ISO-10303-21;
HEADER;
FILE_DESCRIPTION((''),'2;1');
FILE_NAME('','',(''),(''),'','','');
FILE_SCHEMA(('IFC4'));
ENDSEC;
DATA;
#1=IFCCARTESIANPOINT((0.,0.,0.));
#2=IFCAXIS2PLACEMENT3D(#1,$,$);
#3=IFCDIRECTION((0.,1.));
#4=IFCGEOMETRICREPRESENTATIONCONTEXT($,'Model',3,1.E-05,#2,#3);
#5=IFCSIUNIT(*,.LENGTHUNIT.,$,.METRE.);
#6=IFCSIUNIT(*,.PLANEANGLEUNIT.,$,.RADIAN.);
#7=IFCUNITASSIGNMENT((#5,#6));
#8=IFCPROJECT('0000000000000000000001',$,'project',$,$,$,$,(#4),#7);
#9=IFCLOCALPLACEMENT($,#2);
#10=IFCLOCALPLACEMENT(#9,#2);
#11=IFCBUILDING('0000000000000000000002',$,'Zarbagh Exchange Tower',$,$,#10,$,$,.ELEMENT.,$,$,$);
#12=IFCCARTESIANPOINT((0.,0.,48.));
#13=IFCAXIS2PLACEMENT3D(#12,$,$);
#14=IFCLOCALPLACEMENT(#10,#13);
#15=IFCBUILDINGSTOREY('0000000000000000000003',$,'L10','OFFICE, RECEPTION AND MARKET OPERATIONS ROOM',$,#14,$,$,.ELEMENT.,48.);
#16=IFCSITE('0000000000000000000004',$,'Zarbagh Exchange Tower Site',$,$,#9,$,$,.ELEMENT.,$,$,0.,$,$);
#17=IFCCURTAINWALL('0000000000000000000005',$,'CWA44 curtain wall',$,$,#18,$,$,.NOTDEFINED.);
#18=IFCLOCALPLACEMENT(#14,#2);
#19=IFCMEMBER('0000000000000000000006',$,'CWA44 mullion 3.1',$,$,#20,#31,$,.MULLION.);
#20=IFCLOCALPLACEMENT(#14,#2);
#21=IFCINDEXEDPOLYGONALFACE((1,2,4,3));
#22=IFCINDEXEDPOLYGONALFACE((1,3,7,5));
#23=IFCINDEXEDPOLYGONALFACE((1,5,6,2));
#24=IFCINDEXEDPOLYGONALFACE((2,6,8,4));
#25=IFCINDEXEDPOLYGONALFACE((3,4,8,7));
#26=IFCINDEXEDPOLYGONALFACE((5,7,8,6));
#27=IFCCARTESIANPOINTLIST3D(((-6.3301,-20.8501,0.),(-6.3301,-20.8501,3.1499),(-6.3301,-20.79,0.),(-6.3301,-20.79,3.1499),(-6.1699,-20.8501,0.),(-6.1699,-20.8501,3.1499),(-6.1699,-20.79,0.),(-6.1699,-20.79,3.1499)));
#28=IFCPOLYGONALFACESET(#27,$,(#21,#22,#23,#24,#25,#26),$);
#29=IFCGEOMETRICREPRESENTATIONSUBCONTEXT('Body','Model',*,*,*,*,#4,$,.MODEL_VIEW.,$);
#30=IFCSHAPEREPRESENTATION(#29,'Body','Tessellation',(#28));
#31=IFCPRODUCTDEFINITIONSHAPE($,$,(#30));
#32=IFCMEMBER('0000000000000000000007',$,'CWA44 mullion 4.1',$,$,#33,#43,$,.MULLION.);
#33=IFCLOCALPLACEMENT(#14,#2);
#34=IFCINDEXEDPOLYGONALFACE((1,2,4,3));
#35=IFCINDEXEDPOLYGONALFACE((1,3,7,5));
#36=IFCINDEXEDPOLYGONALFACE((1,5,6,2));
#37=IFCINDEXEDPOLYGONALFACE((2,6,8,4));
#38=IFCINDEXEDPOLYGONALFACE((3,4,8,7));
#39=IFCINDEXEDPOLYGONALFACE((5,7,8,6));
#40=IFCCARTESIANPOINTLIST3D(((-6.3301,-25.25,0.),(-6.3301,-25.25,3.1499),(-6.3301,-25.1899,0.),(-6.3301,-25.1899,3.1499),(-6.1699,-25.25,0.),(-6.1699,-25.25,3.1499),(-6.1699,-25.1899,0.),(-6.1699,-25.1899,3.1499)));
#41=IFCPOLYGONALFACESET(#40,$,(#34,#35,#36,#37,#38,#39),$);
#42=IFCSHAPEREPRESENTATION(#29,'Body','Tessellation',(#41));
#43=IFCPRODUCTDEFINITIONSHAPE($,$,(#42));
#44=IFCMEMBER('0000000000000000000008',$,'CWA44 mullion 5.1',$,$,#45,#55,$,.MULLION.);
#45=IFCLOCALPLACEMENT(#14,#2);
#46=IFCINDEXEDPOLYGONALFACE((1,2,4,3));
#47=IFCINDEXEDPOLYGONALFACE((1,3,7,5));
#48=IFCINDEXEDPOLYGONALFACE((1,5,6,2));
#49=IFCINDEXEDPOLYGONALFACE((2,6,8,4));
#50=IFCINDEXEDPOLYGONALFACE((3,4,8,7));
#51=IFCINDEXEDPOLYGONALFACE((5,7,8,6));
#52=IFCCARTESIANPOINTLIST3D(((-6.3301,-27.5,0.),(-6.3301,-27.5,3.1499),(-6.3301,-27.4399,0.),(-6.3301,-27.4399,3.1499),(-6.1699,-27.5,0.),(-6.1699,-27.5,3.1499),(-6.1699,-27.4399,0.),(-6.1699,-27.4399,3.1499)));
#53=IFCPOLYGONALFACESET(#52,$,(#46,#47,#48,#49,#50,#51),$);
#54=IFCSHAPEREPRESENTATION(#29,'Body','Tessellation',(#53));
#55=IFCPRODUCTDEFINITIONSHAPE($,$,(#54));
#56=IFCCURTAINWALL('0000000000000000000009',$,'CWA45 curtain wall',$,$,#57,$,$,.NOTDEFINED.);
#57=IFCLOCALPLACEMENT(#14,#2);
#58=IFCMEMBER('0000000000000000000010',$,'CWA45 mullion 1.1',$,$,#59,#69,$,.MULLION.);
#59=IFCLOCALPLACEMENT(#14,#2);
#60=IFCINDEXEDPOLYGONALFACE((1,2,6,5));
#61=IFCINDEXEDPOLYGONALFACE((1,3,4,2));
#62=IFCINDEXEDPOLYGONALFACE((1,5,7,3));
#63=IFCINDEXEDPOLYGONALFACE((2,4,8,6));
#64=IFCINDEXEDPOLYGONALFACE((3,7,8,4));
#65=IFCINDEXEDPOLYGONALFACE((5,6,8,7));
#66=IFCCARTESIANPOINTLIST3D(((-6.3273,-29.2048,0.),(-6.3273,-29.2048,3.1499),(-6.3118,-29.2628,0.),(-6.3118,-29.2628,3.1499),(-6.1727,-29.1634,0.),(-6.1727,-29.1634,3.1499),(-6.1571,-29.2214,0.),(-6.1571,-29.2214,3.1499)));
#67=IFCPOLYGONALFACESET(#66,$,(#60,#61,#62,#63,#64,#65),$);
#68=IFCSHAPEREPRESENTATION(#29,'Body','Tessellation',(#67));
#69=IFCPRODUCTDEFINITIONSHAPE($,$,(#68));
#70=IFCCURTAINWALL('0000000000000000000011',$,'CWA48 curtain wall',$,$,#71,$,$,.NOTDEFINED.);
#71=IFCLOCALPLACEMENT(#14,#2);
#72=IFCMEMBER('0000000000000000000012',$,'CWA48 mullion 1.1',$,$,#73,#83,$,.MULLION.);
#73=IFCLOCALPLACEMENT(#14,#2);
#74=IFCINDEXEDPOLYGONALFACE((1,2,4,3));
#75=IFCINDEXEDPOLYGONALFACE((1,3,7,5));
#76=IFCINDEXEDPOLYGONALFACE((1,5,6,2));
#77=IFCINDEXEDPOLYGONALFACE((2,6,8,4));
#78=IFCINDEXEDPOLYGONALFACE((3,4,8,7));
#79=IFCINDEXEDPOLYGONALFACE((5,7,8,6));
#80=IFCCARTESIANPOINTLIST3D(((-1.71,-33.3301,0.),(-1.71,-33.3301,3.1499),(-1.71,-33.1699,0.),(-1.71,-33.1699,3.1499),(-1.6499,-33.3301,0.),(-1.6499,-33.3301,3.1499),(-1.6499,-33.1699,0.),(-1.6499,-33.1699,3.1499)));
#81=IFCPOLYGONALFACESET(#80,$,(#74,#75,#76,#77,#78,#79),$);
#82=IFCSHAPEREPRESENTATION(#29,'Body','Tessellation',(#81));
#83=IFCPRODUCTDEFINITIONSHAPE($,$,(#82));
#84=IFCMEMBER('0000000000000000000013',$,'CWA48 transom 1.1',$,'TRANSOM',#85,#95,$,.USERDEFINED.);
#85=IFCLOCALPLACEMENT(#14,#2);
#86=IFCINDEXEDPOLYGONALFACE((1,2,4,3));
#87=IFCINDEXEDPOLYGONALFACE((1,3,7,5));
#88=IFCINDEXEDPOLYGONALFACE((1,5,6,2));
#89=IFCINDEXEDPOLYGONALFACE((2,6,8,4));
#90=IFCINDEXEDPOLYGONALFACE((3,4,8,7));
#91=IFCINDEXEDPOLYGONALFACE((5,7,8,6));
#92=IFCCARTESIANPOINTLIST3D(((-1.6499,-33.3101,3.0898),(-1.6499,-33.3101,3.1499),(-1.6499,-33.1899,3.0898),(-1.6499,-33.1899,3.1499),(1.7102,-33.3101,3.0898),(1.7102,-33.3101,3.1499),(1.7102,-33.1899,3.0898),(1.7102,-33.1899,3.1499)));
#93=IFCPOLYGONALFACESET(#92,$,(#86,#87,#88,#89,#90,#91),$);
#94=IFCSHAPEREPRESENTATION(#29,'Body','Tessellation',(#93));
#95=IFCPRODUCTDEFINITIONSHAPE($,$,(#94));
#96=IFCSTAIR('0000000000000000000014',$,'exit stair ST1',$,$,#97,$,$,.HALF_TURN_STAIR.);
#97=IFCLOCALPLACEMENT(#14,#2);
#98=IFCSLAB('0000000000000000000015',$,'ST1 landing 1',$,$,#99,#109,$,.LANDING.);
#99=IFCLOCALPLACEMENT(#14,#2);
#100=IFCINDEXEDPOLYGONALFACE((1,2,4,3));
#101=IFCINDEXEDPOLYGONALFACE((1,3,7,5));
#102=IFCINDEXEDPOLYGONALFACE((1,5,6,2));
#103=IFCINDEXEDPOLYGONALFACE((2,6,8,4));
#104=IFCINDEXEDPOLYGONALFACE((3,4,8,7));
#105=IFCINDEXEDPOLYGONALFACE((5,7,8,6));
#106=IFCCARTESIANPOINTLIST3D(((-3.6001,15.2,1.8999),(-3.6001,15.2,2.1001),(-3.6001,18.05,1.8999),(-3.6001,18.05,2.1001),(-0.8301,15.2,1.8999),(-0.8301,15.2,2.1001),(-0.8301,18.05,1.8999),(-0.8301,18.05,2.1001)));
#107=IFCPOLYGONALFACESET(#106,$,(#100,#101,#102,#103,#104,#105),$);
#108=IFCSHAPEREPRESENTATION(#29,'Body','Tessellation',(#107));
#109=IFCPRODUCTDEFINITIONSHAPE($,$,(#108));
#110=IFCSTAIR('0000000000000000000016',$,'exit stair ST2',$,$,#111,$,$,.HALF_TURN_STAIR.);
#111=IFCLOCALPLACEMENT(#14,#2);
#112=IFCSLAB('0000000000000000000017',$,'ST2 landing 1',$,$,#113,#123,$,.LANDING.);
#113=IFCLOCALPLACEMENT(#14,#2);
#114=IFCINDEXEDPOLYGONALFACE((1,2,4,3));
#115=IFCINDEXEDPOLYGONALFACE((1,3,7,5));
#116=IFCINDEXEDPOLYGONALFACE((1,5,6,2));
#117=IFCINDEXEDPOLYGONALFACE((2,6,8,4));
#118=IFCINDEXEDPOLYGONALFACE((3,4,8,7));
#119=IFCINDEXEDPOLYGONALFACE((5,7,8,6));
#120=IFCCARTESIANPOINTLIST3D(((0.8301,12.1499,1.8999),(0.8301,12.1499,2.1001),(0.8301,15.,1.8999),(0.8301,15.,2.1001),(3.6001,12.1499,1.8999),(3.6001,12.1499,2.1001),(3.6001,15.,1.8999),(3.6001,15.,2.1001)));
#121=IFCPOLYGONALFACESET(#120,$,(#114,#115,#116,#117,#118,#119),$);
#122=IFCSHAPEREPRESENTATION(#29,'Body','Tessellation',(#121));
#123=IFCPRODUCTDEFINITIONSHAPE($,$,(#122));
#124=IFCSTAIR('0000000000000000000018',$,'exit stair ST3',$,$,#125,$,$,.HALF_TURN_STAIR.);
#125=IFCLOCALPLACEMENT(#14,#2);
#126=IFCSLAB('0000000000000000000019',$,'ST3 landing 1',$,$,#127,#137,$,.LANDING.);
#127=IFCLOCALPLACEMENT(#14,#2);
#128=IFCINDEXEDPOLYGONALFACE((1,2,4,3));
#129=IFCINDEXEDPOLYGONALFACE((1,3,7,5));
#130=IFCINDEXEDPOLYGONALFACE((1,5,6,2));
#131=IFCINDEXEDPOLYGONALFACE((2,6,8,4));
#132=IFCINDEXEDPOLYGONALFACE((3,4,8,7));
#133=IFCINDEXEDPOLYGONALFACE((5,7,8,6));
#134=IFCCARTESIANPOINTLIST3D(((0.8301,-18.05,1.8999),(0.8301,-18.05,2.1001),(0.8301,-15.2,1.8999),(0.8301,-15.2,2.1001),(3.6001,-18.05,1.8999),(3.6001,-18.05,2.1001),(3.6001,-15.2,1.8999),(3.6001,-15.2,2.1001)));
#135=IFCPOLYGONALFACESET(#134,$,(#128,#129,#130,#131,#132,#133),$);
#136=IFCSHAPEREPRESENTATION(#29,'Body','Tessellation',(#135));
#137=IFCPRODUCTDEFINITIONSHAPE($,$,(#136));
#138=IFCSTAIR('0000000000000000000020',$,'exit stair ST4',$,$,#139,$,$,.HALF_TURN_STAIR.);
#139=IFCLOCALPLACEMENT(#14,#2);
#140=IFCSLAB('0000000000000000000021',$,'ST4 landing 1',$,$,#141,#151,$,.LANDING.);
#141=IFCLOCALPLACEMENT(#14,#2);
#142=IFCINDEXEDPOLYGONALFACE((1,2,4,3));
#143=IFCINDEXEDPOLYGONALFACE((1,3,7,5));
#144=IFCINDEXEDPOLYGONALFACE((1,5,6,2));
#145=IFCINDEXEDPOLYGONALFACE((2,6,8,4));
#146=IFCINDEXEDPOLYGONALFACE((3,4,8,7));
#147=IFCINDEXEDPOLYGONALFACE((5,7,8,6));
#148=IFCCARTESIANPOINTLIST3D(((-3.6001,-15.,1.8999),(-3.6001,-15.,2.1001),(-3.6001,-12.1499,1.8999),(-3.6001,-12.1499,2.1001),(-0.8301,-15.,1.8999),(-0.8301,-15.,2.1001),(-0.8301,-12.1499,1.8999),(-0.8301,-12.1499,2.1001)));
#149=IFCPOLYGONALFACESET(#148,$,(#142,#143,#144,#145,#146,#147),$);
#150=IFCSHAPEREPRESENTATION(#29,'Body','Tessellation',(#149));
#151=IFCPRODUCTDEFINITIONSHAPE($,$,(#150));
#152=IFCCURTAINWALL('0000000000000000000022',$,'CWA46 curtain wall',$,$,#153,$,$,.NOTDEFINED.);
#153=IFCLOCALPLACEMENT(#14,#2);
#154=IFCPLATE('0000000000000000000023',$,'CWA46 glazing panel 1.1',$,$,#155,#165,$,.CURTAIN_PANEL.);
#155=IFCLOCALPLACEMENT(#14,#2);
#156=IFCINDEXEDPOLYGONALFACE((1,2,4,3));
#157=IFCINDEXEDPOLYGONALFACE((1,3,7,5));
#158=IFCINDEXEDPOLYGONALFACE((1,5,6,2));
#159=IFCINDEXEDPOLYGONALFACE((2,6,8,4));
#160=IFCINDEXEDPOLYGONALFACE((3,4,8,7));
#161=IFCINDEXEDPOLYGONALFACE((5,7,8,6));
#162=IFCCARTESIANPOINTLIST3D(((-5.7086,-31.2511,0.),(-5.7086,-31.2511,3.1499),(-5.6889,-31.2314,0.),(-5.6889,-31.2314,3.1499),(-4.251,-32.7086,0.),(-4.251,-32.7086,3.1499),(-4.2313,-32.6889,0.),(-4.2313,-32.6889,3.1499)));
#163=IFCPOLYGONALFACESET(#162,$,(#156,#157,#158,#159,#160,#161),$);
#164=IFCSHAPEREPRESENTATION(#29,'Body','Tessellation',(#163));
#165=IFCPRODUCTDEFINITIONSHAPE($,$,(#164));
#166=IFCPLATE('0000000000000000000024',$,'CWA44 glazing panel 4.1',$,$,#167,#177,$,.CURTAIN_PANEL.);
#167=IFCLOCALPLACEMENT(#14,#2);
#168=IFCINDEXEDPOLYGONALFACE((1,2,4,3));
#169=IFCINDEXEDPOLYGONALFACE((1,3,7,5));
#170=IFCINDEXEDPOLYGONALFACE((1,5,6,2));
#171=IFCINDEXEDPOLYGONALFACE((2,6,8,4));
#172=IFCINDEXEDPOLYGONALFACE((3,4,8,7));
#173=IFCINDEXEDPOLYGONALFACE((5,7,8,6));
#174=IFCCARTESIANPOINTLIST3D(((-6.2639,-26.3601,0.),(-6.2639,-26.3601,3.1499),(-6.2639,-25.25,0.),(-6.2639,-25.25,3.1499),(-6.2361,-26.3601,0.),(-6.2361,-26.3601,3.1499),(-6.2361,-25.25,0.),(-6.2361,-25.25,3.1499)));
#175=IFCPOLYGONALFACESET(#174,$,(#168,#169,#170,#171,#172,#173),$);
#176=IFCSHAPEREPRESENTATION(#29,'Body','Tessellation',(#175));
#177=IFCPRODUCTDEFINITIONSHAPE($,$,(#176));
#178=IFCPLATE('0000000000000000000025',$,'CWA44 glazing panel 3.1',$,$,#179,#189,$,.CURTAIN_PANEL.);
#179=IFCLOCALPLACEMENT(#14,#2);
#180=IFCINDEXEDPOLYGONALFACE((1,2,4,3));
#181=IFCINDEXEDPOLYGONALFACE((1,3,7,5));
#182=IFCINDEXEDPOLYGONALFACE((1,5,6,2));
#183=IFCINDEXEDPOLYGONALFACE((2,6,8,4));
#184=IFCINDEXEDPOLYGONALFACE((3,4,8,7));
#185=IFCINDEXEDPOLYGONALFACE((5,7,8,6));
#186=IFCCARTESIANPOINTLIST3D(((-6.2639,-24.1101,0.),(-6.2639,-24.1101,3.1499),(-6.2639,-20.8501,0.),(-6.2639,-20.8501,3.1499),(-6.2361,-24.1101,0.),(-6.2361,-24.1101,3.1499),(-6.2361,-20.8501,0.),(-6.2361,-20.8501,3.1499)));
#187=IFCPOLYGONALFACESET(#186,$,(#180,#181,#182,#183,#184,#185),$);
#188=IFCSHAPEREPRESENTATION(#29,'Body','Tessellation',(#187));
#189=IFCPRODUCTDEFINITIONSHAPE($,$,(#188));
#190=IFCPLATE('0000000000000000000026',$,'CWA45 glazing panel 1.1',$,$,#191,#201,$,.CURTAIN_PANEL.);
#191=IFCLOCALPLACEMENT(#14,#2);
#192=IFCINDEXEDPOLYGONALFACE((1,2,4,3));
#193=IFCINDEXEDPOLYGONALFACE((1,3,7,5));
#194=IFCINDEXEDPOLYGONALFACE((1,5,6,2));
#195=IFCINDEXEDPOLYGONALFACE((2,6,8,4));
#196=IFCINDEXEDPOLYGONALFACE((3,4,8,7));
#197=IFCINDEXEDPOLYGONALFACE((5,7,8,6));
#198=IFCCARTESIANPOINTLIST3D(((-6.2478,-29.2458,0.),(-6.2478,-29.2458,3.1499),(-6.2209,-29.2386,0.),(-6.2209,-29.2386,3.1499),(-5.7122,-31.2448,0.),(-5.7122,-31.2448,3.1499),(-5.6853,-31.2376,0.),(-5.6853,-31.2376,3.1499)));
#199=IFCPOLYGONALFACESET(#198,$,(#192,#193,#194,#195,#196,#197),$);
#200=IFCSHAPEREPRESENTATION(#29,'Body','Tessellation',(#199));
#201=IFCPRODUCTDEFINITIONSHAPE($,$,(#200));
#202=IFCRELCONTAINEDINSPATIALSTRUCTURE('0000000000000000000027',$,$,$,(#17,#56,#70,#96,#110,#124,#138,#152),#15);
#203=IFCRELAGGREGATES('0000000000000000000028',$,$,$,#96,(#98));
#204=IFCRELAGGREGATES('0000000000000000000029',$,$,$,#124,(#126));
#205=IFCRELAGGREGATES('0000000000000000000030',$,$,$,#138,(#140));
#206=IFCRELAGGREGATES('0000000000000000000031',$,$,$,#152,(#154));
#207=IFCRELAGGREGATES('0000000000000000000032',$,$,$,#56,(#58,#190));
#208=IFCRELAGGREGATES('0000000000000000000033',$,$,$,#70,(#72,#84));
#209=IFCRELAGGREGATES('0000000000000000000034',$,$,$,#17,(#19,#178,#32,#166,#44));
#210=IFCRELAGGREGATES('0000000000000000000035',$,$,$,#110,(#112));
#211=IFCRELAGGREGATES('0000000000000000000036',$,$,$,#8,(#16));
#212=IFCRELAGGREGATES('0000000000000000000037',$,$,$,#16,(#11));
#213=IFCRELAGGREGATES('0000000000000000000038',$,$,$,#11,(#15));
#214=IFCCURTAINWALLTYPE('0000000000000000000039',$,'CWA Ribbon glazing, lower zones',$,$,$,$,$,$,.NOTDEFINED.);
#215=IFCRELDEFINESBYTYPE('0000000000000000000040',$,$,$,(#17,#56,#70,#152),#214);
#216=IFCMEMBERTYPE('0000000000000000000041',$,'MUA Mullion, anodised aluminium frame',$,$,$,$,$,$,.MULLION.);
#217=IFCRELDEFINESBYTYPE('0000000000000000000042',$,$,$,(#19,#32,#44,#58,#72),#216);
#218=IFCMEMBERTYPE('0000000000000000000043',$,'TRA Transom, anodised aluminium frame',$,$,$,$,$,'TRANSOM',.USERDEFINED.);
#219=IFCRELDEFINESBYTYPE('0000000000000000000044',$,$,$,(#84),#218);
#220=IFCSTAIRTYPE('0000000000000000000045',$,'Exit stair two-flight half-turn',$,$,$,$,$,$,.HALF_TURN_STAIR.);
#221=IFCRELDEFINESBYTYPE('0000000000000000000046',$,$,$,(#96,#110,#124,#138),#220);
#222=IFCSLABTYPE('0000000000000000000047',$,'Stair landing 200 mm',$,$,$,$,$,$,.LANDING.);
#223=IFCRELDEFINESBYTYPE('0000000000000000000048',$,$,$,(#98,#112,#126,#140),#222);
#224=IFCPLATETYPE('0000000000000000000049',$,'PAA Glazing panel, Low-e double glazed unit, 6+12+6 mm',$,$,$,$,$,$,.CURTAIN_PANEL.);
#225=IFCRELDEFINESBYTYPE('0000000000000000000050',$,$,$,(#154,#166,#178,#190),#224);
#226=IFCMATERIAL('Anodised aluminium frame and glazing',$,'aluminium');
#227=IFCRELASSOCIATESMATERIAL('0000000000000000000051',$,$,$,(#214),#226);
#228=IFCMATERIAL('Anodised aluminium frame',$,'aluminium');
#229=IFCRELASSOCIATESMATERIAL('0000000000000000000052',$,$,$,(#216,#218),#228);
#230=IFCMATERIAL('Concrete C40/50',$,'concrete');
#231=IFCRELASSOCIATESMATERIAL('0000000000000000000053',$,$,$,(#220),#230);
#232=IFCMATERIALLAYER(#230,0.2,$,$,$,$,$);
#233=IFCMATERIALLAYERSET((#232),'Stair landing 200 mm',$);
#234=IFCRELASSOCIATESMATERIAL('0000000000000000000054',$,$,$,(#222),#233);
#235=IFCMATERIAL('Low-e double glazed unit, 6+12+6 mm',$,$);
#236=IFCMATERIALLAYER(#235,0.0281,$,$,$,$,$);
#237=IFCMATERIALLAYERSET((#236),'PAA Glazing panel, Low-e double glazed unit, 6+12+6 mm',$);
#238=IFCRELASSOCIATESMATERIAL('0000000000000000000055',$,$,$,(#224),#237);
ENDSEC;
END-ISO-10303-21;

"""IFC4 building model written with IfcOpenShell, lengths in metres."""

from ifc_helpers import new_model, si_unit, direction, frame, origin, place, context, subcontext, project, spatial, polyline, outline, extrude, source, transform, mapped, material, layer, layer_set, type_object, element, aggregate, save


model = new_model("IFC4")

# Units and contexts
model_context = context("Model", 3, precision=1e-05, world=origin(), true_north=direction((0.0, 1.0)))
body_context = subcontext(model_context, "Body", "Model", "MODEL_VIEW")
ifc_project = project(units=[si_unit("LENGTHUNIT", "METRE"), si_unit("PLANEANGLEUNIT", "RADIAN")], contexts=[model_context])

# Site, building, storey
site_placement = place(None, origin())
site = spatial("IfcSite", under=ifc_project, at=site_placement, Name="Zarbagh Exchange Tower Site", CompositionType="ELEMENT", RefElevation=0.0)
building_placement = place(site_placement, origin())
building = spatial("IfcBuilding", under=site, at=building_placement, Name="Zarbagh Exchange Tower", CompositionType="ELEMENT")
storey_placement = place(building_placement, frame((0.0, 0.0, 48.0)))
storey = spatial("IfcBuildingStorey", under=building, at=storey_placement, Name="L10", Description="OFFICE, RECEPTION AND MARKET OPERATIONS ROOM", CompositionType="ELEMENT", Elevation=48.0)

# Curtain wall, members
ifc_material_1 = material(Name="Anodised aluminium frame and glazing", Category="aluminium")
curtain_wall_type = type_object("IfcCurtainWallType", Name="CWA Ribbon glazing, lower zones", PredefinedType="NOTDEFINED", material=ifc_material_1)
curtain_wall_1_placement = place(storey_placement, origin())
curtain_wall_1 = element("IfcCurtainWall", 1, at=curtain_wall_1_placement, inside=storey, type_object=curtain_wall_type, Name="CWA44 curtain wall", PredefinedType="NOTDEFINED")
ifc_material_2 = material(Name="Anodised aluminium frame", Category="aluminium")
member_type_1 = type_object("IfcMemberType", Name="MUA Mullion, anodised aluminium frame", PredefinedType="MULLION", material=ifc_material_2)
shared_shape_1 = source(origin(), body_context, "Body", "SweptSolid", [
    extrude(outline(polyline([(0.0, -0.0801), (0.0601, -0.0801), (0.0601, 0.0801), (0.0, 0.0801), (0.0, -0.0801)])), origin(), (0.0, 0.0, 1.0), 3.1499),
])
placement = place(storey_placement, origin())
member_1 = element("IfcMember", 2, at=placement, type_object=member_type_1, Name="CWA44 mullion 3.1", PredefinedType="MULLION", context=body_context, shape_type="MappedRepresentation", body=[
    mapped(shared_shape_1, transform((-6.25, -20.79, 0.0), x_axis=(0.0, -1.0, 0.0), y_axis=(1.0, 0.0, 0.0), z_axis=(0.0, 0.0, 1.0))),
])
member_2 = element("IfcMember", 3, at=placement, type_object=member_type_1, Name="CWA44 mullion 4.1", PredefinedType="MULLION", context=body_context, shape_type="MappedRepresentation", body=[
    mapped(shared_shape_1, transform((-6.25, -25.1899, 0.0), x_axis=(0.0, -1.0, 0.0), y_axis=(1.0, 0.0, 0.0), z_axis=(0.0, 0.0, 1.0))),
])
member_3 = element("IfcMember", 4, at=placement, type_object=member_type_1, Name="CWA44 mullion 5.1", PredefinedType="MULLION", context=body_context, shape_type="MappedRepresentation", body=[
    mapped(shared_shape_1, transform((-6.25, -27.4399, 0.0), x_axis=(0.0, -1.0, 0.0), y_axis=(1.0, 0.0, 0.0), z_axis=(0.0, 0.0, 1.0))),
])

# Curtain wall, member
curtain_wall_2_placement = place(storey_placement, origin())
curtain_wall_2 = element("IfcCurtainWall", 5, at=curtain_wall_2_placement, inside=storey, type_object=curtain_wall_type, Name="CWA45 curtain wall", PredefinedType="NOTDEFINED")
member_4 = element("IfcMember", 6, at=placement, type_object=member_type_1, Name="CWA45 mullion 1.1", PredefinedType="MULLION", context=body_context, shape_type="MappedRepresentation", body=[
    mapped(shared_shape_1, transform((-6.25, -29.1841, 0.0), x_axis=(0.258825, -0.965924, 0.0), y_axis=(0.965924, 0.258825, 0.0), z_axis=(0.0, 0.0, 1.0))),
])

# Curtain wall, members
curtain_wall_3_placement = place(storey_placement, origin())
curtain_wall_3 = element("IfcCurtainWall", 7, at=curtain_wall_3_placement, inside=storey, type_object=curtain_wall_type, Name="CWA48 curtain wall", PredefinedType="NOTDEFINED")
member_5 = element("IfcMember", 8, at=placement, type_object=member_type_1, Name="CWA48 mullion 1.1", PredefinedType="MULLION", context=body_context, shape_type="MappedRepresentation", body=[
    mapped(shared_shape_1, transform((-1.71, -33.25, 0.0), x_axis=(1.0, 0.0, 0.0), y_axis=(0.0, 1.0, 0.0), z_axis=(0.0, 0.0, 1.0))),
])
member_type_2 = type_object("IfcMemberType", Name="TRA Transom, anodised aluminium frame", ElementType="TRANSOM", PredefinedType="USERDEFINED", material=ifc_material_2)
shared_shape_2 = source(origin(), body_context, "Body", "SweptSolid", [
    extrude(outline(polyline([(-0.0601, -0.0601), (0.0, -0.0601), (0.0, 0.0601), (-0.0601, 0.0601), (-0.0601, -0.0601)])), origin(), (0.0, 0.0, 1.0), 3.3601),
])
member_6 = element("IfcMember", 9, at=placement, type_object=member_type_2, Name="CWA48 transom 1.1", ObjectType="TRANSOM", PredefinedType="USERDEFINED", context=body_context, shape_type="MappedRepresentation", body=[
    mapped(shared_shape_2, transform((-1.6499, -33.25, 3.1499), x_axis=(0.0, 0.0, 1.0), y_axis=(0.0, -1.0, 0.0), z_axis=(1.0, 0.0, 0.0))),
])

# Stairs, slabs
ifc_material_3 = material(Name="Concrete C40/50", Category="concrete")
stair_type = type_object("IfcStairType", Name="Exit stair two-flight half-turn", PredefinedType="HALF_TURN_STAIR", material=ifc_material_3)
stair_1_placement = place(storey_placement, origin())
stair_1 = element("IfcStair", 10, at=stair_1_placement, inside=storey, type_object=stair_type, Name="exit stair ST1", PredefinedType="HALF_TURN_STAIR")
ifc_layer_1 = layer(ifc_material_3, 0.2)
ifc_layer_set_1 = layer_set([ifc_layer_1], Name="Stair landing 200 mm")
slab_type = type_object("IfcSlabType", Name="Stair landing 200 mm", PredefinedType="LANDING", material=ifc_layer_set_1)
slab_1_placement = place(storey_placement, frame((0.0, 0.0, 1.8999)))
slab_1 = element("IfcSlab", 11, at=slab_1_placement, type_object=slab_type, Name="ST1 landing 1", PredefinedType="LANDING", context=body_context, shape_type="SweptSolid", body=[
    extrude(outline(polyline([(-0.8301, 18.05), (-3.6001, 18.05), (-3.6001, 15.2), (-0.8301, 15.2), (-0.8301, 18.05)])), origin(), (0.0, 0.0, 1.0), 0.2002),
])
aggregate(stair_1, [slab_1])
stair_2_placement = place(storey_placement, origin())
stair_2 = element("IfcStair", 12, at=stair_2_placement, inside=storey, type_object=stair_type, Name="exit stair ST2", PredefinedType="HALF_TURN_STAIR")
slab_2_placement = place(storey_placement, frame((0.0, 0.0, 1.8999)))
slab_2 = element("IfcSlab", 13, at=slab_2_placement, type_object=slab_type, Name="ST2 landing 1", PredefinedType="LANDING", context=body_context, shape_type="SweptSolid", body=[
    extrude(outline(polyline([(0.8301, 12.1499), (3.6001, 12.1499), (3.6001, 15.0), (0.8301, 15.0), (0.8301, 12.1499)])), origin(), (0.0, 0.0, 1.0), 0.2002),
])
stair_3_placement = place(storey_placement, origin())
stair_3 = element("IfcStair", 14, at=stair_3_placement, inside=storey, type_object=stair_type, Name="exit stair ST3", PredefinedType="HALF_TURN_STAIR")
slab_3_placement = place(storey_placement, frame((0.0, 0.0, 1.8999)))
slab_3 = element("IfcSlab", 15, at=slab_3_placement, type_object=slab_type, Name="ST3 landing 1", PredefinedType="LANDING", context=body_context, shape_type="SweptSolid", body=[
    extrude(outline(polyline([(0.8301, -18.05), (3.6001, -18.05), (3.6001, -15.2), (0.8301, -15.2), (0.8301, -18.05)])), origin(), (0.0, 0.0, 1.0), 0.2002),
])
aggregate(stair_3, [slab_3])
stair_4_placement = place(storey_placement, origin())
stair_4 = element("IfcStair", 16, at=stair_4_placement, inside=storey, type_object=stair_type, Name="exit stair ST4", PredefinedType="HALF_TURN_STAIR")
slab_4_placement = place(storey_placement, frame((0.0, 0.0, 1.8999)))
slab_4 = element("IfcSlab", 17, at=slab_4_placement, type_object=slab_type, Name="ST4 landing 1", PredefinedType="LANDING", context=body_context, shape_type="SweptSolid", body=[
    extrude(outline(polyline([(-0.8301, -12.1499), (-3.6001, -12.1499), (-3.6001, -15.0), (-0.8301, -15.0), (-0.8301, -12.1499)])), origin(), (0.0, 0.0, 1.0), 0.2002),
])
aggregate(stair_4, [slab_4])

# Curtain wall, plate
curtain_wall_4_placement = place(storey_placement, origin())
curtain_wall_4 = element("IfcCurtainWall", 18, at=curtain_wall_4_placement, inside=storey, type_object=curtain_wall_type, Name="CWA46 curtain wall", PredefinedType="NOTDEFINED")
ifc_material_4 = material(Name="Low-e double glazed unit, 6+12+6 mm")
ifc_layer_2 = layer(ifc_material_4, 0.0281)
ifc_layer_set_2 = layer_set([ifc_layer_2], Name="PAA Glazing panel, Low-e double glazed unit, 6+12+6 mm")
plate_type = type_object("IfcPlateType", Name="PAA Glazing panel, Low-e double glazed unit, 6+12+6 mm", PredefinedType="CURTAIN_PANEL", material=ifc_layer_set_2)
shared_shape_3 = source(origin(), body_context, "Body", "SweptSolid", [
    extrude(outline(polyline([(0.0, -0.0139), (2.0613, -0.0139), (2.0613, 0.0139), (0.0, 0.0139), (0.0, -0.0139)])), origin(), (0.0, 0.0, 1.0), 3.1499),
])
plate_1 = element("IfcPlate", 19, at=placement, type_object=plate_type, Name="CWA46 glazing panel 1.1", PredefinedType="CURTAIN_PANEL", context=body_context, shape_type="MappedRepresentation", body=[
    mapped(shared_shape_3, transform((-5.6987, -31.2412, 0.0), x_axis=(0.707107, -0.707107, 0.0), y_axis=(0.707107, 0.707107, 0.0), z_axis=(0.0, 0.0, 1.0))),
])
aggregate(curtain_wall_4, [plate_1])

# Plates
shared_shape_4 = source(origin(), body_context, "Body", "SweptSolid", [
    extrude(outline(polyline([(0.0, -0.0139), (1.1101, -0.0139), (1.1101, 0.0139), (0.0, 0.0139), (0.0, -0.0139)])), origin(), (0.0, 0.0, 1.0), 3.1499),
])
plate_2 = element("IfcPlate", 20, at=placement, type_object=plate_type, Name="CWA44 glazing panel 4.1", PredefinedType="CURTAIN_PANEL", context=body_context, shape_type="MappedRepresentation", body=[
    mapped(shared_shape_4, transform((-6.25, -25.25, 0.0), x_axis=(0.0, -1.0, 0.0), y_axis=(1.0, 0.0, 0.0), z_axis=(0.0, 0.0, 1.0))),
])
shared_shape_5 = source(origin(), body_context, "Body", "SweptSolid", [
    extrude(outline(polyline([(0.0, -0.0139), (3.26, -0.0139), (3.26, 0.0139), (0.0, 0.0139), (0.0, -0.0139)])), origin(), (0.0, 0.0, 1.0), 3.1499),
])
plate_3 = element("IfcPlate", 21, at=placement, type_object=plate_type, Name="CWA44 glazing panel 3.1", PredefinedType="CURTAIN_PANEL", context=body_context, shape_type="MappedRepresentation", body=[
    mapped(shared_shape_5, transform((-6.25, -20.8501, 0.0), x_axis=(0.0, -1.0, 0.0), y_axis=(1.0, 0.0, 0.0), z_axis=(0.0, 0.0, 1.0))),
])
shared_shape_6 = source(origin(), body_context, "Body", "SweptSolid", [
    extrude(outline(polyline([(0.0, -0.0139), (2.0696, -0.0139), (2.0696, 0.0139), (0.0, 0.0139), (0.0, -0.0139)])), origin(), (0.0, 0.0, 1.0), 3.1499),
])
plate_4 = element("IfcPlate", 22, at=placement, type_object=plate_type, Name="CWA45 glazing panel 1.1", PredefinedType="CURTAIN_PANEL", context=body_context, shape_type="MappedRepresentation", body=[
    mapped(shared_shape_6, transform((-6.2344, -29.2422, 0.0), x_axis=(0.258825, -0.965924, 0.0), y_axis=(0.965924, 0.258825, 0.0), z_axis=(0.0, 0.0, 1.0))),
])
aggregate(curtain_wall_2, [member_4, plate_4])

aggregate(curtain_wall_3, [member_5, member_6])
aggregate(curtain_wall_1, [member_1, plate_3, member_2, plate_2, member_3])

aggregate(stair_2, [slab_2])

save(model, "model.ifc")
